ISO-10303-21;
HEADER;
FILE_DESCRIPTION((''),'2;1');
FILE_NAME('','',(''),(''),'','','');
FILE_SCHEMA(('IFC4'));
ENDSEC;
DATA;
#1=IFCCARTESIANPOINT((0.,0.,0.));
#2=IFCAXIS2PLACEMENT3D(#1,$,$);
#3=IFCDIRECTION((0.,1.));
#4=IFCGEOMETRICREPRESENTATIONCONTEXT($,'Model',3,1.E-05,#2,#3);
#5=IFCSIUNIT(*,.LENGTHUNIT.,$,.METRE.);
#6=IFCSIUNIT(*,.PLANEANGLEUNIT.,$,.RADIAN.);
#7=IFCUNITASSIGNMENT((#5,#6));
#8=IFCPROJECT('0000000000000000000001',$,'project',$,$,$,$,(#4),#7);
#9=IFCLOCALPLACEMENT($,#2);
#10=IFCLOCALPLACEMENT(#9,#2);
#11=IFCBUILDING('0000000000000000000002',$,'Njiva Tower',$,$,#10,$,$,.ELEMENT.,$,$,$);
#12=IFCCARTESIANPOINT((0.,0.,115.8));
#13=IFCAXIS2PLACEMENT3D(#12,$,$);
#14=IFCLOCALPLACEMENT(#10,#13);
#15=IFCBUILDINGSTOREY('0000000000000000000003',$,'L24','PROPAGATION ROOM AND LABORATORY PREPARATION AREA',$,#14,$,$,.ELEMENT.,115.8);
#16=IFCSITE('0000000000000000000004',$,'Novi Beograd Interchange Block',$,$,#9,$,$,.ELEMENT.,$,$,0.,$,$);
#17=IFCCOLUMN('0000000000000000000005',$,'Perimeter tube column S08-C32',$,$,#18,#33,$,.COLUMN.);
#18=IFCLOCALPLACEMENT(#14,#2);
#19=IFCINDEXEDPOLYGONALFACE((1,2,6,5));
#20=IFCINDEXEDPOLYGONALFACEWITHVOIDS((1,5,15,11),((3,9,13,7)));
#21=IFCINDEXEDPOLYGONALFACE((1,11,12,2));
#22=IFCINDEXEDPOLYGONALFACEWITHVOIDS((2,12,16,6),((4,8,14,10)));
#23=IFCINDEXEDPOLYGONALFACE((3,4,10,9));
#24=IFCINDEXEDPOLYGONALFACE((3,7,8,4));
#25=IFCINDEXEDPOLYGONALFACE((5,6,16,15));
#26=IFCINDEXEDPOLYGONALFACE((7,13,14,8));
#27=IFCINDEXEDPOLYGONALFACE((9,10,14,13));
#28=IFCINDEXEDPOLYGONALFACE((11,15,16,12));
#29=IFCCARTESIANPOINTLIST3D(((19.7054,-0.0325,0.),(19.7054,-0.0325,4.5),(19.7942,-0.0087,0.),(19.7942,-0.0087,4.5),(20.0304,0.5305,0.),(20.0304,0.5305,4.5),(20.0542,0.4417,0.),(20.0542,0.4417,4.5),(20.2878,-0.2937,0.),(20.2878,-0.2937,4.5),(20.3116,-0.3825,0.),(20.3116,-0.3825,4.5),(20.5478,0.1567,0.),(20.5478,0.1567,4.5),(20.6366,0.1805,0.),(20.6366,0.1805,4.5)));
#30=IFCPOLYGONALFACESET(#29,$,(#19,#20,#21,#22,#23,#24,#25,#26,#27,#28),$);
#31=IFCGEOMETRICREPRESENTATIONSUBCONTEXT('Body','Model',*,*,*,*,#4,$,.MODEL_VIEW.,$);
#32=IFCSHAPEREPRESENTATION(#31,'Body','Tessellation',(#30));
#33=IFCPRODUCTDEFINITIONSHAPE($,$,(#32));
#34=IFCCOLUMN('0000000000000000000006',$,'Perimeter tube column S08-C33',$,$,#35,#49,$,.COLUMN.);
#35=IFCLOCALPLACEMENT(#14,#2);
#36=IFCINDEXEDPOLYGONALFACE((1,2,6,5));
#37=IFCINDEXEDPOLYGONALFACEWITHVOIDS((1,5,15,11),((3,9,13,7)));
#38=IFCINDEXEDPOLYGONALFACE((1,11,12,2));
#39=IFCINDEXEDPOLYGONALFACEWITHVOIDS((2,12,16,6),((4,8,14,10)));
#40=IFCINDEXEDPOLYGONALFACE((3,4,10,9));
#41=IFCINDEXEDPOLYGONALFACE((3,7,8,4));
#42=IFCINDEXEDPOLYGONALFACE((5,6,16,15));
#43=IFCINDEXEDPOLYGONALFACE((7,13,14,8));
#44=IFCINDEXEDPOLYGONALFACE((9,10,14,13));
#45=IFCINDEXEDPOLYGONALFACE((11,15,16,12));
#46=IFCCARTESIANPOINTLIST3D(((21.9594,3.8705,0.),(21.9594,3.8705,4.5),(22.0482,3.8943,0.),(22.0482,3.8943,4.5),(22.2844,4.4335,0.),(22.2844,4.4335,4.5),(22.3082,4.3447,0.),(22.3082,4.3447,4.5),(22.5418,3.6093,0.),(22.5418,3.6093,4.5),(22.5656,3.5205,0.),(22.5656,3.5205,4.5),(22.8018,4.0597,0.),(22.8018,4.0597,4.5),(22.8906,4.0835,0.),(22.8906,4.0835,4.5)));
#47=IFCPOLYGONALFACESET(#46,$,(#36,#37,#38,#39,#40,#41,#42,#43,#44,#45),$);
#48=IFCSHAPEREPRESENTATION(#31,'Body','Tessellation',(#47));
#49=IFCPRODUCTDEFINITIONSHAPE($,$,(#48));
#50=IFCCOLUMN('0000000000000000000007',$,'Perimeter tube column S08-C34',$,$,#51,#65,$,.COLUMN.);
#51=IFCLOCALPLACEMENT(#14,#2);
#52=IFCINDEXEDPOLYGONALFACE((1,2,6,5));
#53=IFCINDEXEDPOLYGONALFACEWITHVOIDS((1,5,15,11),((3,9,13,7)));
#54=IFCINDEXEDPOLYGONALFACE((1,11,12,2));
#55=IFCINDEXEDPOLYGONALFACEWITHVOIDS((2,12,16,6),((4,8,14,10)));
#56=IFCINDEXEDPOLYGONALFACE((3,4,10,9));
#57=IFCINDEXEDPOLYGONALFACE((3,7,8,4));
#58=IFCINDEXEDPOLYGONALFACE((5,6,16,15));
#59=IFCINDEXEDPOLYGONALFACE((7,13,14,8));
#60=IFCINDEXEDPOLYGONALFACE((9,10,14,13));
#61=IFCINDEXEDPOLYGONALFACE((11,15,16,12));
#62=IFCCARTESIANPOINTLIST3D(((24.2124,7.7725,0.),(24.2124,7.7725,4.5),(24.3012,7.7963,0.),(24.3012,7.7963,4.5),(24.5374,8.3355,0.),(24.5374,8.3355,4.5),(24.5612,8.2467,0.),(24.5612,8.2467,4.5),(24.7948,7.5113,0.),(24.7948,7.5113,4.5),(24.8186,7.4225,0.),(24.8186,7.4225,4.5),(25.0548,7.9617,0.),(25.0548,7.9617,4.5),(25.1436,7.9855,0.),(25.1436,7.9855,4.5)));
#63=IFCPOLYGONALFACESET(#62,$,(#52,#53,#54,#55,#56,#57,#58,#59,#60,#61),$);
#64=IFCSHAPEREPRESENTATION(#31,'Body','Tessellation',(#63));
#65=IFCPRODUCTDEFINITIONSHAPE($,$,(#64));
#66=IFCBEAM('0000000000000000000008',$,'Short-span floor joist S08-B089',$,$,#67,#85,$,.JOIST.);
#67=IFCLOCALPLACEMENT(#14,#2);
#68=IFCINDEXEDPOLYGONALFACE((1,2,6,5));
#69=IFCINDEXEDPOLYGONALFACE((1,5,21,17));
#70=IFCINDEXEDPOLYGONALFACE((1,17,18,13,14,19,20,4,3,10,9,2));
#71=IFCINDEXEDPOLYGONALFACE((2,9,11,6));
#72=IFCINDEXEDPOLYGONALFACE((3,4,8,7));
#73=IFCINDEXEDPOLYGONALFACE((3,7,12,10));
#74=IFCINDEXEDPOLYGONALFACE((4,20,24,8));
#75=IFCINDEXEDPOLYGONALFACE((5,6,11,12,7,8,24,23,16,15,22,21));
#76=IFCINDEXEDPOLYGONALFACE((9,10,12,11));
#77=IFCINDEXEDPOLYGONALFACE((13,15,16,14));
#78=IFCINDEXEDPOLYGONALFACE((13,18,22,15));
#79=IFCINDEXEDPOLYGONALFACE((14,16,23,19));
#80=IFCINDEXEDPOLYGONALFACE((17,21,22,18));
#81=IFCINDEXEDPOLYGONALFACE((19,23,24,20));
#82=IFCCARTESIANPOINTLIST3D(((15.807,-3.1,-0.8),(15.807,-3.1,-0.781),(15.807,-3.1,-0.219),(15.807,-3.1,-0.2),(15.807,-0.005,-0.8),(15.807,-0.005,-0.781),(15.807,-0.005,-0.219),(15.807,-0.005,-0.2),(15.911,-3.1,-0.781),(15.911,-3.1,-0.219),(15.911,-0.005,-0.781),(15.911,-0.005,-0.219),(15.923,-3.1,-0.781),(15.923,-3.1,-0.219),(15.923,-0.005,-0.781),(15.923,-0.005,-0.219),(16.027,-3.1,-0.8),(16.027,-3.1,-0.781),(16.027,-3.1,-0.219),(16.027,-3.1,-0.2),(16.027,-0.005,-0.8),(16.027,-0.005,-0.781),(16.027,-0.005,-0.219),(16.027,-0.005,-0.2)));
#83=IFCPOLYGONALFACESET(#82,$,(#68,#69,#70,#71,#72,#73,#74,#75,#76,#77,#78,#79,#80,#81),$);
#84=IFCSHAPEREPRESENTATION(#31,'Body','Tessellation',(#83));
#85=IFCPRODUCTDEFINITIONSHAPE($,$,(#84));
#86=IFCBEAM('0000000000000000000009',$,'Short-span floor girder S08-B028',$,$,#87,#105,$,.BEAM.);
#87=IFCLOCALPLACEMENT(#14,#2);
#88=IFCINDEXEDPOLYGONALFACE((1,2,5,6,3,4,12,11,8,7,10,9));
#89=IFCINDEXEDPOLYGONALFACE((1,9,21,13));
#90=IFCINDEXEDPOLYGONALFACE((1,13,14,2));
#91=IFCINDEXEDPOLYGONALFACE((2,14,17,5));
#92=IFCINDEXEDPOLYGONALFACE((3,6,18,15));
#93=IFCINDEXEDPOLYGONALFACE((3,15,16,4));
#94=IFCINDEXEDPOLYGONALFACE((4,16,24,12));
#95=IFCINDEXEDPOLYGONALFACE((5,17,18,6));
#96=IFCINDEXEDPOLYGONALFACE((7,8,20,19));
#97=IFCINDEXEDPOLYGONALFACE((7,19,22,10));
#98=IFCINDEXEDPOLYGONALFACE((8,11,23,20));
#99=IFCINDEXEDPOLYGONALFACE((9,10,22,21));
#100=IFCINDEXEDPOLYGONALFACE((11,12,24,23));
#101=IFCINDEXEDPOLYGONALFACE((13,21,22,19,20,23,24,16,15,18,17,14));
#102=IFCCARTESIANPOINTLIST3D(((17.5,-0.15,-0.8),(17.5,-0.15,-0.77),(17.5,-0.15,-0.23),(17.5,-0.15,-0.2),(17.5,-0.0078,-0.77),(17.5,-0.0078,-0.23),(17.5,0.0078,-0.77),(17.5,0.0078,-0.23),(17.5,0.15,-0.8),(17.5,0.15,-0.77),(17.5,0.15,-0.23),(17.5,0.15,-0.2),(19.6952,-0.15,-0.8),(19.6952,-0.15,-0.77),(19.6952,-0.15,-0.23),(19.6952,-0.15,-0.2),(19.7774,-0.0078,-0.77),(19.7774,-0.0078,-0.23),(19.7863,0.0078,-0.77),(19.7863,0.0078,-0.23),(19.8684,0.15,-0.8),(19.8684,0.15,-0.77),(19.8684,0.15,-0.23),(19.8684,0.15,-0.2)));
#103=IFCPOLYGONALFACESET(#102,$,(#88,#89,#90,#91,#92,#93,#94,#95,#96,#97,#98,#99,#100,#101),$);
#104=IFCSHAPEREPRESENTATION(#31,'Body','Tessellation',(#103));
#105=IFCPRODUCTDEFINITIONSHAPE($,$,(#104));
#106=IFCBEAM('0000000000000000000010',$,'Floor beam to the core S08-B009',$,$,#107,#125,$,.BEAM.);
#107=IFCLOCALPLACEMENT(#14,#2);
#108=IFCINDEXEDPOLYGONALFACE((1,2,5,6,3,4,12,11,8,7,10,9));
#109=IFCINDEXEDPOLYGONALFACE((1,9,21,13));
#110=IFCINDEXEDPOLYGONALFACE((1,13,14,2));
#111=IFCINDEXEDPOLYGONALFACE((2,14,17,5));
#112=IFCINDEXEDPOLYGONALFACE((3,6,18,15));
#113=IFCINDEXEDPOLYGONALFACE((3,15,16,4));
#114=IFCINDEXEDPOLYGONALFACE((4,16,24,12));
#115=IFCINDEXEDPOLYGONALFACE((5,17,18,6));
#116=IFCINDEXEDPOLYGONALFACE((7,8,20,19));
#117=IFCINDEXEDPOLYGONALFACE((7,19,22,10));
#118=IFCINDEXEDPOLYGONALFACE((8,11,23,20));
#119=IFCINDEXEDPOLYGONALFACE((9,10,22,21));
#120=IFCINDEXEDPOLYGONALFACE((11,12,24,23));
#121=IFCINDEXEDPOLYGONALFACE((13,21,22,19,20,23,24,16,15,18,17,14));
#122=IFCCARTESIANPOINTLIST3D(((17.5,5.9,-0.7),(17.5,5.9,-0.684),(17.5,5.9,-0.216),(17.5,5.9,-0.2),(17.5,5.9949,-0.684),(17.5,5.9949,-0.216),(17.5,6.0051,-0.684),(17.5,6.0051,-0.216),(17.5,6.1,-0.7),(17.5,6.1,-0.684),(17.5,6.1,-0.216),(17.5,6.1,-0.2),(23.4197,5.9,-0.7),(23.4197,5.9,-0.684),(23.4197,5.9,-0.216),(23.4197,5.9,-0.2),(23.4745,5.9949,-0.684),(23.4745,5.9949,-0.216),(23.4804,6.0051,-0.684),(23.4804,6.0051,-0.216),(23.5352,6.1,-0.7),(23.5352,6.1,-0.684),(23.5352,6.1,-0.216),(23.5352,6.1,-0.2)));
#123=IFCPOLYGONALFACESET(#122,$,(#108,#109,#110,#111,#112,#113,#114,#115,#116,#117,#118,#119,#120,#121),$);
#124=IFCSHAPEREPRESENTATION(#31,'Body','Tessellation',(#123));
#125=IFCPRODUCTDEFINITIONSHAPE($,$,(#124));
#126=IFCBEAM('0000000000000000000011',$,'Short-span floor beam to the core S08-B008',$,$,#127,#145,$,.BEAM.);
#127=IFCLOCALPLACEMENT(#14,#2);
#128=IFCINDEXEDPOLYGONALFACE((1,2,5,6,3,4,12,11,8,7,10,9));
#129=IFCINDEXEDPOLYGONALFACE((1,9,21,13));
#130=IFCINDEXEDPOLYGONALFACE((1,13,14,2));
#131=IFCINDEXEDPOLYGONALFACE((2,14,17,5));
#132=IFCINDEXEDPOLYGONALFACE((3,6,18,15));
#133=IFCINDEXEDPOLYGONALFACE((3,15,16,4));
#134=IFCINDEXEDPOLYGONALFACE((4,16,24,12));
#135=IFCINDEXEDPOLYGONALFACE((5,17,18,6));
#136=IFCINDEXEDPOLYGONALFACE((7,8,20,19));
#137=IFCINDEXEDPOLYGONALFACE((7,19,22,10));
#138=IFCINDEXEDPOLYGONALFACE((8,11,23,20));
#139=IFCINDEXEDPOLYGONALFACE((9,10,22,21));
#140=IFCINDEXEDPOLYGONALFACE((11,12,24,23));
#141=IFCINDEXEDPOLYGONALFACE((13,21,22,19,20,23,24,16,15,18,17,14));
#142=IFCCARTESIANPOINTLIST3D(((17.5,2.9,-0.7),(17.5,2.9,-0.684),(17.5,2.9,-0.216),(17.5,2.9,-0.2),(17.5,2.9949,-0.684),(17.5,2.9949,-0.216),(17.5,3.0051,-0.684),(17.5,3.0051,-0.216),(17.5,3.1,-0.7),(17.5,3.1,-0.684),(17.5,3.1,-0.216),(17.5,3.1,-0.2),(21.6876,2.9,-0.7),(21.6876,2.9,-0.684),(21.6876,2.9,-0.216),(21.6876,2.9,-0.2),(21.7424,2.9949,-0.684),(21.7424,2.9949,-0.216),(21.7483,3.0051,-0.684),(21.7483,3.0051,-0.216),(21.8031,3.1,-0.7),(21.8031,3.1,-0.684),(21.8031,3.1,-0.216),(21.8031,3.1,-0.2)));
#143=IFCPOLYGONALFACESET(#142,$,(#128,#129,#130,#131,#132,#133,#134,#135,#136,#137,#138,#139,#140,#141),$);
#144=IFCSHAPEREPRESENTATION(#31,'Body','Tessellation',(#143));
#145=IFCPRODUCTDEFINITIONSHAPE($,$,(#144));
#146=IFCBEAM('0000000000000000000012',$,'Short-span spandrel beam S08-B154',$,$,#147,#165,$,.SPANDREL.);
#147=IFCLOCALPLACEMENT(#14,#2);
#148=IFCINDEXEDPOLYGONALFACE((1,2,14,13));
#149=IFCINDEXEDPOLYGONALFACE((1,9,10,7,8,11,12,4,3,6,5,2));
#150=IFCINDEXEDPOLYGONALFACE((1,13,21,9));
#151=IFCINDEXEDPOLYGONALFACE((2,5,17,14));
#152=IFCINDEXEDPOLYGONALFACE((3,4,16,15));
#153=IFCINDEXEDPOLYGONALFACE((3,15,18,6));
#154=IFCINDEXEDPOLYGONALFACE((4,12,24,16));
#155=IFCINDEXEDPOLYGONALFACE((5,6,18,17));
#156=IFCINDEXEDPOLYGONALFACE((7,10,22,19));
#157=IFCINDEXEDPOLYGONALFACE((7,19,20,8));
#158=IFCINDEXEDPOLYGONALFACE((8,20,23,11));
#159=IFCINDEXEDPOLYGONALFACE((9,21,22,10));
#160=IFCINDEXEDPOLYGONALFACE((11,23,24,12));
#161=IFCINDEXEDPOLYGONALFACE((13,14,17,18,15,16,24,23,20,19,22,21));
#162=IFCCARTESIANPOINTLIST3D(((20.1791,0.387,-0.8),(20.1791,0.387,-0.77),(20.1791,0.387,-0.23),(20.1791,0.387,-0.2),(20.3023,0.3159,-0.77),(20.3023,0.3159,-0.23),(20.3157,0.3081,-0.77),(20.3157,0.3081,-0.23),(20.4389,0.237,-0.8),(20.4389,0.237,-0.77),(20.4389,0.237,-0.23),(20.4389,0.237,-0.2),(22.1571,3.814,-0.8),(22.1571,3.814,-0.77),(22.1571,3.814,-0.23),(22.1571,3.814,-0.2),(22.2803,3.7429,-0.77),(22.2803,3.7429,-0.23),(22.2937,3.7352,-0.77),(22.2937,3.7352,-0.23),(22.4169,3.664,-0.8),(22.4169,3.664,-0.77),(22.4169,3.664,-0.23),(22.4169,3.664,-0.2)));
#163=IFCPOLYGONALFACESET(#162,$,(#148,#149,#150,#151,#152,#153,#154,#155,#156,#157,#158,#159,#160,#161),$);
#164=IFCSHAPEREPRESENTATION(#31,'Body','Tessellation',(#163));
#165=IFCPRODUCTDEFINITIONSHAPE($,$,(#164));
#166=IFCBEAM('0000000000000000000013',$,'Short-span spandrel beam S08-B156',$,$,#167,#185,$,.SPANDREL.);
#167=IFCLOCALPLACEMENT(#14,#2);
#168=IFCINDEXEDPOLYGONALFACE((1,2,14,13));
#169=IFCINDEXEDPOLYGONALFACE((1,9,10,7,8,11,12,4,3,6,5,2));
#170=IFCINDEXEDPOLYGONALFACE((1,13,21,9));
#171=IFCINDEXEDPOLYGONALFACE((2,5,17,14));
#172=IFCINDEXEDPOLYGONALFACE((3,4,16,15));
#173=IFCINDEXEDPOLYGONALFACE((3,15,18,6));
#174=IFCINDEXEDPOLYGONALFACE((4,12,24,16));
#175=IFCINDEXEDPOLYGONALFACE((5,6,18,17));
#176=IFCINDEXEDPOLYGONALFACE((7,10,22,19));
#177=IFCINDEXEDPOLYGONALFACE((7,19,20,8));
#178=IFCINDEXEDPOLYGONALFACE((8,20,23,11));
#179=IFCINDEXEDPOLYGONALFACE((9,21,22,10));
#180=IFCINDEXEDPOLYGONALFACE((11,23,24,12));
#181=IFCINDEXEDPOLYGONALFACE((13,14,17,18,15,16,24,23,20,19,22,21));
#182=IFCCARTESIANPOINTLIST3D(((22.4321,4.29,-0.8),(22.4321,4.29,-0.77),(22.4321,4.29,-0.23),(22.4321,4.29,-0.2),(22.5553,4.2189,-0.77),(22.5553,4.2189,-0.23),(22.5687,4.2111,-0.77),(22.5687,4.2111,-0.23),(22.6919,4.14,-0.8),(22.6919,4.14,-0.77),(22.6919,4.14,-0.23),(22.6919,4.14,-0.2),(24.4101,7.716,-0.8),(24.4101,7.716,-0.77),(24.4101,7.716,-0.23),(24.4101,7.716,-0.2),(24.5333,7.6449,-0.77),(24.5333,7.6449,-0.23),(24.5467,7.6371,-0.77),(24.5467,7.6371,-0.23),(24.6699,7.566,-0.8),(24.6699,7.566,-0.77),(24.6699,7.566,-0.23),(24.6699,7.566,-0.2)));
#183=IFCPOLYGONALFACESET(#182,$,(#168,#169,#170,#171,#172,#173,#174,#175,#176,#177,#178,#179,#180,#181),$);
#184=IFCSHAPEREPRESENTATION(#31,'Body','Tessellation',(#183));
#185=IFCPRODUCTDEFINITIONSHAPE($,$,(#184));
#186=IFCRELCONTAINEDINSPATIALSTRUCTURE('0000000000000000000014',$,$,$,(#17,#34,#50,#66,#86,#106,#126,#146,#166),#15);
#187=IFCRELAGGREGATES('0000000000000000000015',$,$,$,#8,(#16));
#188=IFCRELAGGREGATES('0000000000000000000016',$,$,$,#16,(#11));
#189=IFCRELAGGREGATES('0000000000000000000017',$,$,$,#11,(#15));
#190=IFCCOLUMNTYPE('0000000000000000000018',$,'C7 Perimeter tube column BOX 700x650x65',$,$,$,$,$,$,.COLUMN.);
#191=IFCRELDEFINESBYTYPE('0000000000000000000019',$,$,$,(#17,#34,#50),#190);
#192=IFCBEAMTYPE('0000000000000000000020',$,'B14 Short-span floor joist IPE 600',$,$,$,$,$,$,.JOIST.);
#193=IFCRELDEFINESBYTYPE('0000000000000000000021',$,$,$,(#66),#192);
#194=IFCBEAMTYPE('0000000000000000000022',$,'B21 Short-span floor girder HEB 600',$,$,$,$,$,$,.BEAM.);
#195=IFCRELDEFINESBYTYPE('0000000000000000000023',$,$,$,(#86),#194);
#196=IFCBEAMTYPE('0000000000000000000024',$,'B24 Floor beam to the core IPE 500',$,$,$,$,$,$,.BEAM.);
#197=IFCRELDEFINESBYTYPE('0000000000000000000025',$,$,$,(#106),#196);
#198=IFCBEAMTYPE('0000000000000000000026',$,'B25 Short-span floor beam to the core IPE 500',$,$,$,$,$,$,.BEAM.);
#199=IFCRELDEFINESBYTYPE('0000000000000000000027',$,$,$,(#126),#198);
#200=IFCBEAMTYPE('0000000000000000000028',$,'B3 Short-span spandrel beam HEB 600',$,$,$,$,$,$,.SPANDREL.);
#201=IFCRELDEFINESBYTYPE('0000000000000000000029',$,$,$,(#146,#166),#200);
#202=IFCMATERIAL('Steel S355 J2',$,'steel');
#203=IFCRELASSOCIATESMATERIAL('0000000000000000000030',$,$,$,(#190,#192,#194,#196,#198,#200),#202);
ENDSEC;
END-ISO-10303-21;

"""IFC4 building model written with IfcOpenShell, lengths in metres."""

from ifc_helpers import new_model, si_unit, direction, frame, origin, origin_2d, place, context, subcontext, project, spatial, hollow_rectangle, i_section, extrude, clip, halfspace, material, material_profile, profile_set, type_object, element, save


model = new_model("IFC4")

# Units and contexts
model_context = context("Model", 3, precision=1e-05, world=origin(), true_north=direction((0.0, 1.0)))
body_context = subcontext(model_context, "Body", "Model", "MODEL_VIEW")
ifc_project = project(units=[si_unit("LENGTHUNIT", "METRE"), si_unit("PLANEANGLEUNIT", "RADIAN")], contexts=[model_context])

# Site, building, storey
site_placement = place(None, origin())
site = spatial("IfcSite", under=ifc_project, at=site_placement, Name="Novi Beograd Interchange Block", CompositionType="ELEMENT", RefElevation=0.0)
building_placement = place(site_placement, origin())
building = spatial("IfcBuilding", under=site, at=building_placement, Name="Njiva Tower", CompositionType="ELEMENT")
storey_placement = place(building_placement, frame((0.0, 0.0, 115.8)))
storey = spatial("IfcBuildingStorey", under=building, at=storey_placement, Name="L24", Description="PROPAGATION ROOM AND LABORATORY PREPARATION AREA", CompositionType="ELEMENT", Elevation=115.8)

# Columns
ifc_material_1 = material(Name="Steel S355 J2", Category="steel")
ifc_material_profile_1 = material_profile(ifc_material_1, hollow_rectangle(XDim=0.65, YDim=0.7, WallThickness=0.065, at=origin_2d()), Name="BOX 700x650x65")
ifc_profile_set_1 = profile_set([ifc_material_profile_1], Name="Steel S355 J2")
column_type = type_object("IfcColumnType", Name="C7 Perimeter tube column BOX 700x650x65", PredefinedType="COLUMN", material=ifc_profile_set_1)
for number, where, z_axis, x_axis, name in (
    (1, (20.171, 0.074, 0.0), (0.0, 0.0, 1.0), (0.5, 0.866025, 0.0), "Perimeter tube column S08-C32"),
    (2, (22.425, 3.977, 0.0), (0.0, 0.0, 1.0), (0.5, 0.866025, 0.0), "Perimeter tube column S08-C33"),
    (3, (24.678, 7.879, 0.0), (0.0, 0.0, 1.0), (0.5, 0.866025, 0.0), "Perimeter tube column S08-C34"),
):
    element("IfcColumn", number, at=place(storey_placement, frame(where, z_axis=z_axis, x_axis=x_axis)), inside=storey, type_object=column_type, Name=name, PredefinedType="COLUMN", context=body_context, shape_type="SweptSolid", body=[
        extrude(hollow_rectangle(XDim=0.65, YDim=0.7, WallThickness=0.065, at=origin_2d()), origin(), (0.0, 0.0, 1.0), 4.5),
    ])

# Beams
ifc_material_profile_2 = material_profile(ifc_material_1, i_section(OverallWidth=0.22, OverallDepth=0.6, WebThickness=0.012, FlangeThickness=0.019, at=origin_2d()), Name="IPE 600")
ifc_profile_set_2 = profile_set([ifc_material_profile_2], Name="Steel S355 J2")
beam_type_1 = type_object("IfcBeamType", Name="B14 Short-span floor joist IPE 600", PredefinedType="JOIST", material=ifc_profile_set_2)
beam_1_placement = place(storey_placement, frame((15.917, -0.005, -0.5), z_axis=(0.0, -1.0, 0.0), x_axis=(1.0, 0.0, 0.0)))
element("IfcBeam", 4, at=beam_1_placement, inside=storey, type_object=beam_type_1, Name="Short-span floor joist S08-B089", PredefinedType="JOIST", context=body_context, shape_type="SweptSolid", body=[
    extrude(i_section(OverallWidth=0.22, OverallDepth=0.6, WebThickness=0.012, FlangeThickness=0.019, at=origin_2d()), origin(), (0.0, 0.0, 1.0), 3.095),
])
ifc_material_profile_3 = material_profile(ifc_material_1, i_section(OverallWidth=0.3, OverallDepth=0.6, WebThickness=0.0155, FlangeThickness=0.03, at=origin_2d()), Name="HEB 600")
ifc_profile_set_3 = profile_set([ifc_material_profile_3], Name="Steel S355 J2")
beam_type_2 = type_object("IfcBeamType", Name="B21 Short-span floor girder HEB 600", PredefinedType="BEAM", material=ifc_profile_set_3)
beam_2_placement = place(storey_placement, frame((17.5, 0.0, -0.5), z_axis=(1.0, 0.0, 0.0), x_axis=(0.0, 1.0, 0.0)))
element("IfcBeam", 5, at=beam_2_placement, inside=storey, type_object=beam_type_2, Name="Short-span floor girder S08-B028", PredefinedType="BEAM", context=body_context, shape_type="Clipping", body=[
    clip(extrude(i_section(OverallWidth=0.3, OverallDepth=0.6, WebThickness=0.0155, FlangeThickness=0.03, at=origin_2d()), origin(), (0.0, 0.0, 1.0), 2.389), halfspace(frame((-0.025, 0.0, 2.2674), z_axis=(-0.499998, 0.0, 0.866027), x_axis=(0.0, 1.0, 0.0)), False)),
])
ifc_material_profile_4 = material_profile(ifc_material_1, i_section(OverallWidth=0.2, OverallDepth=0.5, WebThickness=0.0102, FlangeThickness=0.016, at=origin_2d()), Name="IPE 500")
ifc_profile_set_4 = profile_set([ifc_material_profile_4], Name="Steel S355 J2")
beam_type_3 = type_object("IfcBeamType", Name="B24 Floor beam to the core IPE 500", PredefinedType="BEAM", material=ifc_profile_set_4)
beam_3_placement = place(storey_placement, frame((17.5, 6.0, -0.45), z_axis=(1.0, 0.0, 0.0), x_axis=(0.0, 1.0, 0.0)))
element("IfcBeam", 6, at=beam_3_placement, inside=storey, type_object=beam_type_3, Name="Floor beam to the core S08-B009", PredefinedType="BEAM", context=body_context, shape_type="Clipping", body=[
    clip(extrude(i_section(OverallWidth=0.2, OverallDepth=0.5, WebThickness=0.0102, FlangeThickness=0.016, at=origin_2d()), origin(), (0.0, 0.0, 1.0), 6.055), halfspace(frame((-0.025, 0.0, 5.963), z_axis=(-0.499998, 0.0, 0.866027), x_axis=(0.0, 1.0, 0.0)), False)),
])
ifc_material_profile_5 = material_profile(ifc_material_1, i_section(OverallWidth=0.2, OverallDepth=0.5, WebThickness=0.0102, FlangeThickness=0.016, at=origin_2d()), Name="IPE 500")
ifc_profile_set_5 = profile_set([ifc_material_profile_5], Name="Steel S355 J2")
beam_type_4 = type_object("IfcBeamType", Name="B25 Short-span floor beam to the core IPE 500", PredefinedType="BEAM", material=ifc_profile_set_5)
beam_4_placement = place(storey_placement, frame((17.5, 3.0, -0.45), z_axis=(1.0, 0.0, 0.0), x_axis=(0.0, 1.0, 0.0)))
element("IfcBeam", 7, at=beam_4_placement, inside=storey, type_object=beam_type_4, Name="Short-span floor beam to the core S08-B008", PredefinedType="BEAM", context=body_context, shape_type="Clipping", body=[
    clip(extrude(i_section(OverallWidth=0.2, OverallDepth=0.5, WebThickness=0.0102, FlangeThickness=0.016, at=origin_2d()), origin(), (0.0, 0.0, 1.0), 4.323), halfspace(frame((-0.025, 0.0, 4.2309), z_axis=(-0.499998, 0.0, 0.866027), x_axis=(0.0, 1.0, 0.0)), False)),
])
ifc_material_profile_6 = material_profile(ifc_material_1, i_section(OverallWidth=0.3, OverallDepth=0.6, WebThickness=0.0155, FlangeThickness=0.03, at=origin_2d()), Name="HEB 600")
ifc_profile_set_6 = profile_set([ifc_material_profile_6], Name="Steel S355 J2")
beam_type_5 = type_object("IfcBeamType", Name="B3 Short-span spandrel beam HEB 600", PredefinedType="SPANDREL", material=ifc_profile_set_6)
beam_5_placement = place(storey_placement, frame((20.309, 0.312, -0.5), z_axis=(0.49989, 0.866089, 0.0), x_axis=(-0.866089, 0.49989, 0.0)))
element("IfcBeam", 8, at=beam_5_placement, inside=storey, type_object=beam_type_5, Name="Short-span spandrel beam S08-B154", PredefinedType="SPANDREL", context=body_context, shape_type="SweptSolid", body=[
    extrude(i_section(OverallWidth=0.3, OverallDepth=0.6, WebThickness=0.0155, FlangeThickness=0.03, at=origin_2d()), origin(), (0.0, 0.0, 1.0), 3.9569),
])
beam_6_placement = place(storey_placement, frame((22.562, 4.215, -0.5), z_axis=(0.5, 0.866026, 0.0), x_axis=(-0.866026, 0.5, 0.0)))
element("IfcBeam", 9, at=beam_6_placement, inside=storey, type_object=beam_type_5, Name="Short-span spandrel beam S08-B156", PredefinedType="SPANDREL", context=body_context, shape_type="SweptSolid", body=[
    extrude(i_section(OverallWidth=0.3, OverallDepth=0.6, WebThickness=0.0155, FlangeThickness=0.03, at=origin_2d()), origin(), (0.0, 0.0, 1.0), 3.956),
])

save(model, "model.ifc")
